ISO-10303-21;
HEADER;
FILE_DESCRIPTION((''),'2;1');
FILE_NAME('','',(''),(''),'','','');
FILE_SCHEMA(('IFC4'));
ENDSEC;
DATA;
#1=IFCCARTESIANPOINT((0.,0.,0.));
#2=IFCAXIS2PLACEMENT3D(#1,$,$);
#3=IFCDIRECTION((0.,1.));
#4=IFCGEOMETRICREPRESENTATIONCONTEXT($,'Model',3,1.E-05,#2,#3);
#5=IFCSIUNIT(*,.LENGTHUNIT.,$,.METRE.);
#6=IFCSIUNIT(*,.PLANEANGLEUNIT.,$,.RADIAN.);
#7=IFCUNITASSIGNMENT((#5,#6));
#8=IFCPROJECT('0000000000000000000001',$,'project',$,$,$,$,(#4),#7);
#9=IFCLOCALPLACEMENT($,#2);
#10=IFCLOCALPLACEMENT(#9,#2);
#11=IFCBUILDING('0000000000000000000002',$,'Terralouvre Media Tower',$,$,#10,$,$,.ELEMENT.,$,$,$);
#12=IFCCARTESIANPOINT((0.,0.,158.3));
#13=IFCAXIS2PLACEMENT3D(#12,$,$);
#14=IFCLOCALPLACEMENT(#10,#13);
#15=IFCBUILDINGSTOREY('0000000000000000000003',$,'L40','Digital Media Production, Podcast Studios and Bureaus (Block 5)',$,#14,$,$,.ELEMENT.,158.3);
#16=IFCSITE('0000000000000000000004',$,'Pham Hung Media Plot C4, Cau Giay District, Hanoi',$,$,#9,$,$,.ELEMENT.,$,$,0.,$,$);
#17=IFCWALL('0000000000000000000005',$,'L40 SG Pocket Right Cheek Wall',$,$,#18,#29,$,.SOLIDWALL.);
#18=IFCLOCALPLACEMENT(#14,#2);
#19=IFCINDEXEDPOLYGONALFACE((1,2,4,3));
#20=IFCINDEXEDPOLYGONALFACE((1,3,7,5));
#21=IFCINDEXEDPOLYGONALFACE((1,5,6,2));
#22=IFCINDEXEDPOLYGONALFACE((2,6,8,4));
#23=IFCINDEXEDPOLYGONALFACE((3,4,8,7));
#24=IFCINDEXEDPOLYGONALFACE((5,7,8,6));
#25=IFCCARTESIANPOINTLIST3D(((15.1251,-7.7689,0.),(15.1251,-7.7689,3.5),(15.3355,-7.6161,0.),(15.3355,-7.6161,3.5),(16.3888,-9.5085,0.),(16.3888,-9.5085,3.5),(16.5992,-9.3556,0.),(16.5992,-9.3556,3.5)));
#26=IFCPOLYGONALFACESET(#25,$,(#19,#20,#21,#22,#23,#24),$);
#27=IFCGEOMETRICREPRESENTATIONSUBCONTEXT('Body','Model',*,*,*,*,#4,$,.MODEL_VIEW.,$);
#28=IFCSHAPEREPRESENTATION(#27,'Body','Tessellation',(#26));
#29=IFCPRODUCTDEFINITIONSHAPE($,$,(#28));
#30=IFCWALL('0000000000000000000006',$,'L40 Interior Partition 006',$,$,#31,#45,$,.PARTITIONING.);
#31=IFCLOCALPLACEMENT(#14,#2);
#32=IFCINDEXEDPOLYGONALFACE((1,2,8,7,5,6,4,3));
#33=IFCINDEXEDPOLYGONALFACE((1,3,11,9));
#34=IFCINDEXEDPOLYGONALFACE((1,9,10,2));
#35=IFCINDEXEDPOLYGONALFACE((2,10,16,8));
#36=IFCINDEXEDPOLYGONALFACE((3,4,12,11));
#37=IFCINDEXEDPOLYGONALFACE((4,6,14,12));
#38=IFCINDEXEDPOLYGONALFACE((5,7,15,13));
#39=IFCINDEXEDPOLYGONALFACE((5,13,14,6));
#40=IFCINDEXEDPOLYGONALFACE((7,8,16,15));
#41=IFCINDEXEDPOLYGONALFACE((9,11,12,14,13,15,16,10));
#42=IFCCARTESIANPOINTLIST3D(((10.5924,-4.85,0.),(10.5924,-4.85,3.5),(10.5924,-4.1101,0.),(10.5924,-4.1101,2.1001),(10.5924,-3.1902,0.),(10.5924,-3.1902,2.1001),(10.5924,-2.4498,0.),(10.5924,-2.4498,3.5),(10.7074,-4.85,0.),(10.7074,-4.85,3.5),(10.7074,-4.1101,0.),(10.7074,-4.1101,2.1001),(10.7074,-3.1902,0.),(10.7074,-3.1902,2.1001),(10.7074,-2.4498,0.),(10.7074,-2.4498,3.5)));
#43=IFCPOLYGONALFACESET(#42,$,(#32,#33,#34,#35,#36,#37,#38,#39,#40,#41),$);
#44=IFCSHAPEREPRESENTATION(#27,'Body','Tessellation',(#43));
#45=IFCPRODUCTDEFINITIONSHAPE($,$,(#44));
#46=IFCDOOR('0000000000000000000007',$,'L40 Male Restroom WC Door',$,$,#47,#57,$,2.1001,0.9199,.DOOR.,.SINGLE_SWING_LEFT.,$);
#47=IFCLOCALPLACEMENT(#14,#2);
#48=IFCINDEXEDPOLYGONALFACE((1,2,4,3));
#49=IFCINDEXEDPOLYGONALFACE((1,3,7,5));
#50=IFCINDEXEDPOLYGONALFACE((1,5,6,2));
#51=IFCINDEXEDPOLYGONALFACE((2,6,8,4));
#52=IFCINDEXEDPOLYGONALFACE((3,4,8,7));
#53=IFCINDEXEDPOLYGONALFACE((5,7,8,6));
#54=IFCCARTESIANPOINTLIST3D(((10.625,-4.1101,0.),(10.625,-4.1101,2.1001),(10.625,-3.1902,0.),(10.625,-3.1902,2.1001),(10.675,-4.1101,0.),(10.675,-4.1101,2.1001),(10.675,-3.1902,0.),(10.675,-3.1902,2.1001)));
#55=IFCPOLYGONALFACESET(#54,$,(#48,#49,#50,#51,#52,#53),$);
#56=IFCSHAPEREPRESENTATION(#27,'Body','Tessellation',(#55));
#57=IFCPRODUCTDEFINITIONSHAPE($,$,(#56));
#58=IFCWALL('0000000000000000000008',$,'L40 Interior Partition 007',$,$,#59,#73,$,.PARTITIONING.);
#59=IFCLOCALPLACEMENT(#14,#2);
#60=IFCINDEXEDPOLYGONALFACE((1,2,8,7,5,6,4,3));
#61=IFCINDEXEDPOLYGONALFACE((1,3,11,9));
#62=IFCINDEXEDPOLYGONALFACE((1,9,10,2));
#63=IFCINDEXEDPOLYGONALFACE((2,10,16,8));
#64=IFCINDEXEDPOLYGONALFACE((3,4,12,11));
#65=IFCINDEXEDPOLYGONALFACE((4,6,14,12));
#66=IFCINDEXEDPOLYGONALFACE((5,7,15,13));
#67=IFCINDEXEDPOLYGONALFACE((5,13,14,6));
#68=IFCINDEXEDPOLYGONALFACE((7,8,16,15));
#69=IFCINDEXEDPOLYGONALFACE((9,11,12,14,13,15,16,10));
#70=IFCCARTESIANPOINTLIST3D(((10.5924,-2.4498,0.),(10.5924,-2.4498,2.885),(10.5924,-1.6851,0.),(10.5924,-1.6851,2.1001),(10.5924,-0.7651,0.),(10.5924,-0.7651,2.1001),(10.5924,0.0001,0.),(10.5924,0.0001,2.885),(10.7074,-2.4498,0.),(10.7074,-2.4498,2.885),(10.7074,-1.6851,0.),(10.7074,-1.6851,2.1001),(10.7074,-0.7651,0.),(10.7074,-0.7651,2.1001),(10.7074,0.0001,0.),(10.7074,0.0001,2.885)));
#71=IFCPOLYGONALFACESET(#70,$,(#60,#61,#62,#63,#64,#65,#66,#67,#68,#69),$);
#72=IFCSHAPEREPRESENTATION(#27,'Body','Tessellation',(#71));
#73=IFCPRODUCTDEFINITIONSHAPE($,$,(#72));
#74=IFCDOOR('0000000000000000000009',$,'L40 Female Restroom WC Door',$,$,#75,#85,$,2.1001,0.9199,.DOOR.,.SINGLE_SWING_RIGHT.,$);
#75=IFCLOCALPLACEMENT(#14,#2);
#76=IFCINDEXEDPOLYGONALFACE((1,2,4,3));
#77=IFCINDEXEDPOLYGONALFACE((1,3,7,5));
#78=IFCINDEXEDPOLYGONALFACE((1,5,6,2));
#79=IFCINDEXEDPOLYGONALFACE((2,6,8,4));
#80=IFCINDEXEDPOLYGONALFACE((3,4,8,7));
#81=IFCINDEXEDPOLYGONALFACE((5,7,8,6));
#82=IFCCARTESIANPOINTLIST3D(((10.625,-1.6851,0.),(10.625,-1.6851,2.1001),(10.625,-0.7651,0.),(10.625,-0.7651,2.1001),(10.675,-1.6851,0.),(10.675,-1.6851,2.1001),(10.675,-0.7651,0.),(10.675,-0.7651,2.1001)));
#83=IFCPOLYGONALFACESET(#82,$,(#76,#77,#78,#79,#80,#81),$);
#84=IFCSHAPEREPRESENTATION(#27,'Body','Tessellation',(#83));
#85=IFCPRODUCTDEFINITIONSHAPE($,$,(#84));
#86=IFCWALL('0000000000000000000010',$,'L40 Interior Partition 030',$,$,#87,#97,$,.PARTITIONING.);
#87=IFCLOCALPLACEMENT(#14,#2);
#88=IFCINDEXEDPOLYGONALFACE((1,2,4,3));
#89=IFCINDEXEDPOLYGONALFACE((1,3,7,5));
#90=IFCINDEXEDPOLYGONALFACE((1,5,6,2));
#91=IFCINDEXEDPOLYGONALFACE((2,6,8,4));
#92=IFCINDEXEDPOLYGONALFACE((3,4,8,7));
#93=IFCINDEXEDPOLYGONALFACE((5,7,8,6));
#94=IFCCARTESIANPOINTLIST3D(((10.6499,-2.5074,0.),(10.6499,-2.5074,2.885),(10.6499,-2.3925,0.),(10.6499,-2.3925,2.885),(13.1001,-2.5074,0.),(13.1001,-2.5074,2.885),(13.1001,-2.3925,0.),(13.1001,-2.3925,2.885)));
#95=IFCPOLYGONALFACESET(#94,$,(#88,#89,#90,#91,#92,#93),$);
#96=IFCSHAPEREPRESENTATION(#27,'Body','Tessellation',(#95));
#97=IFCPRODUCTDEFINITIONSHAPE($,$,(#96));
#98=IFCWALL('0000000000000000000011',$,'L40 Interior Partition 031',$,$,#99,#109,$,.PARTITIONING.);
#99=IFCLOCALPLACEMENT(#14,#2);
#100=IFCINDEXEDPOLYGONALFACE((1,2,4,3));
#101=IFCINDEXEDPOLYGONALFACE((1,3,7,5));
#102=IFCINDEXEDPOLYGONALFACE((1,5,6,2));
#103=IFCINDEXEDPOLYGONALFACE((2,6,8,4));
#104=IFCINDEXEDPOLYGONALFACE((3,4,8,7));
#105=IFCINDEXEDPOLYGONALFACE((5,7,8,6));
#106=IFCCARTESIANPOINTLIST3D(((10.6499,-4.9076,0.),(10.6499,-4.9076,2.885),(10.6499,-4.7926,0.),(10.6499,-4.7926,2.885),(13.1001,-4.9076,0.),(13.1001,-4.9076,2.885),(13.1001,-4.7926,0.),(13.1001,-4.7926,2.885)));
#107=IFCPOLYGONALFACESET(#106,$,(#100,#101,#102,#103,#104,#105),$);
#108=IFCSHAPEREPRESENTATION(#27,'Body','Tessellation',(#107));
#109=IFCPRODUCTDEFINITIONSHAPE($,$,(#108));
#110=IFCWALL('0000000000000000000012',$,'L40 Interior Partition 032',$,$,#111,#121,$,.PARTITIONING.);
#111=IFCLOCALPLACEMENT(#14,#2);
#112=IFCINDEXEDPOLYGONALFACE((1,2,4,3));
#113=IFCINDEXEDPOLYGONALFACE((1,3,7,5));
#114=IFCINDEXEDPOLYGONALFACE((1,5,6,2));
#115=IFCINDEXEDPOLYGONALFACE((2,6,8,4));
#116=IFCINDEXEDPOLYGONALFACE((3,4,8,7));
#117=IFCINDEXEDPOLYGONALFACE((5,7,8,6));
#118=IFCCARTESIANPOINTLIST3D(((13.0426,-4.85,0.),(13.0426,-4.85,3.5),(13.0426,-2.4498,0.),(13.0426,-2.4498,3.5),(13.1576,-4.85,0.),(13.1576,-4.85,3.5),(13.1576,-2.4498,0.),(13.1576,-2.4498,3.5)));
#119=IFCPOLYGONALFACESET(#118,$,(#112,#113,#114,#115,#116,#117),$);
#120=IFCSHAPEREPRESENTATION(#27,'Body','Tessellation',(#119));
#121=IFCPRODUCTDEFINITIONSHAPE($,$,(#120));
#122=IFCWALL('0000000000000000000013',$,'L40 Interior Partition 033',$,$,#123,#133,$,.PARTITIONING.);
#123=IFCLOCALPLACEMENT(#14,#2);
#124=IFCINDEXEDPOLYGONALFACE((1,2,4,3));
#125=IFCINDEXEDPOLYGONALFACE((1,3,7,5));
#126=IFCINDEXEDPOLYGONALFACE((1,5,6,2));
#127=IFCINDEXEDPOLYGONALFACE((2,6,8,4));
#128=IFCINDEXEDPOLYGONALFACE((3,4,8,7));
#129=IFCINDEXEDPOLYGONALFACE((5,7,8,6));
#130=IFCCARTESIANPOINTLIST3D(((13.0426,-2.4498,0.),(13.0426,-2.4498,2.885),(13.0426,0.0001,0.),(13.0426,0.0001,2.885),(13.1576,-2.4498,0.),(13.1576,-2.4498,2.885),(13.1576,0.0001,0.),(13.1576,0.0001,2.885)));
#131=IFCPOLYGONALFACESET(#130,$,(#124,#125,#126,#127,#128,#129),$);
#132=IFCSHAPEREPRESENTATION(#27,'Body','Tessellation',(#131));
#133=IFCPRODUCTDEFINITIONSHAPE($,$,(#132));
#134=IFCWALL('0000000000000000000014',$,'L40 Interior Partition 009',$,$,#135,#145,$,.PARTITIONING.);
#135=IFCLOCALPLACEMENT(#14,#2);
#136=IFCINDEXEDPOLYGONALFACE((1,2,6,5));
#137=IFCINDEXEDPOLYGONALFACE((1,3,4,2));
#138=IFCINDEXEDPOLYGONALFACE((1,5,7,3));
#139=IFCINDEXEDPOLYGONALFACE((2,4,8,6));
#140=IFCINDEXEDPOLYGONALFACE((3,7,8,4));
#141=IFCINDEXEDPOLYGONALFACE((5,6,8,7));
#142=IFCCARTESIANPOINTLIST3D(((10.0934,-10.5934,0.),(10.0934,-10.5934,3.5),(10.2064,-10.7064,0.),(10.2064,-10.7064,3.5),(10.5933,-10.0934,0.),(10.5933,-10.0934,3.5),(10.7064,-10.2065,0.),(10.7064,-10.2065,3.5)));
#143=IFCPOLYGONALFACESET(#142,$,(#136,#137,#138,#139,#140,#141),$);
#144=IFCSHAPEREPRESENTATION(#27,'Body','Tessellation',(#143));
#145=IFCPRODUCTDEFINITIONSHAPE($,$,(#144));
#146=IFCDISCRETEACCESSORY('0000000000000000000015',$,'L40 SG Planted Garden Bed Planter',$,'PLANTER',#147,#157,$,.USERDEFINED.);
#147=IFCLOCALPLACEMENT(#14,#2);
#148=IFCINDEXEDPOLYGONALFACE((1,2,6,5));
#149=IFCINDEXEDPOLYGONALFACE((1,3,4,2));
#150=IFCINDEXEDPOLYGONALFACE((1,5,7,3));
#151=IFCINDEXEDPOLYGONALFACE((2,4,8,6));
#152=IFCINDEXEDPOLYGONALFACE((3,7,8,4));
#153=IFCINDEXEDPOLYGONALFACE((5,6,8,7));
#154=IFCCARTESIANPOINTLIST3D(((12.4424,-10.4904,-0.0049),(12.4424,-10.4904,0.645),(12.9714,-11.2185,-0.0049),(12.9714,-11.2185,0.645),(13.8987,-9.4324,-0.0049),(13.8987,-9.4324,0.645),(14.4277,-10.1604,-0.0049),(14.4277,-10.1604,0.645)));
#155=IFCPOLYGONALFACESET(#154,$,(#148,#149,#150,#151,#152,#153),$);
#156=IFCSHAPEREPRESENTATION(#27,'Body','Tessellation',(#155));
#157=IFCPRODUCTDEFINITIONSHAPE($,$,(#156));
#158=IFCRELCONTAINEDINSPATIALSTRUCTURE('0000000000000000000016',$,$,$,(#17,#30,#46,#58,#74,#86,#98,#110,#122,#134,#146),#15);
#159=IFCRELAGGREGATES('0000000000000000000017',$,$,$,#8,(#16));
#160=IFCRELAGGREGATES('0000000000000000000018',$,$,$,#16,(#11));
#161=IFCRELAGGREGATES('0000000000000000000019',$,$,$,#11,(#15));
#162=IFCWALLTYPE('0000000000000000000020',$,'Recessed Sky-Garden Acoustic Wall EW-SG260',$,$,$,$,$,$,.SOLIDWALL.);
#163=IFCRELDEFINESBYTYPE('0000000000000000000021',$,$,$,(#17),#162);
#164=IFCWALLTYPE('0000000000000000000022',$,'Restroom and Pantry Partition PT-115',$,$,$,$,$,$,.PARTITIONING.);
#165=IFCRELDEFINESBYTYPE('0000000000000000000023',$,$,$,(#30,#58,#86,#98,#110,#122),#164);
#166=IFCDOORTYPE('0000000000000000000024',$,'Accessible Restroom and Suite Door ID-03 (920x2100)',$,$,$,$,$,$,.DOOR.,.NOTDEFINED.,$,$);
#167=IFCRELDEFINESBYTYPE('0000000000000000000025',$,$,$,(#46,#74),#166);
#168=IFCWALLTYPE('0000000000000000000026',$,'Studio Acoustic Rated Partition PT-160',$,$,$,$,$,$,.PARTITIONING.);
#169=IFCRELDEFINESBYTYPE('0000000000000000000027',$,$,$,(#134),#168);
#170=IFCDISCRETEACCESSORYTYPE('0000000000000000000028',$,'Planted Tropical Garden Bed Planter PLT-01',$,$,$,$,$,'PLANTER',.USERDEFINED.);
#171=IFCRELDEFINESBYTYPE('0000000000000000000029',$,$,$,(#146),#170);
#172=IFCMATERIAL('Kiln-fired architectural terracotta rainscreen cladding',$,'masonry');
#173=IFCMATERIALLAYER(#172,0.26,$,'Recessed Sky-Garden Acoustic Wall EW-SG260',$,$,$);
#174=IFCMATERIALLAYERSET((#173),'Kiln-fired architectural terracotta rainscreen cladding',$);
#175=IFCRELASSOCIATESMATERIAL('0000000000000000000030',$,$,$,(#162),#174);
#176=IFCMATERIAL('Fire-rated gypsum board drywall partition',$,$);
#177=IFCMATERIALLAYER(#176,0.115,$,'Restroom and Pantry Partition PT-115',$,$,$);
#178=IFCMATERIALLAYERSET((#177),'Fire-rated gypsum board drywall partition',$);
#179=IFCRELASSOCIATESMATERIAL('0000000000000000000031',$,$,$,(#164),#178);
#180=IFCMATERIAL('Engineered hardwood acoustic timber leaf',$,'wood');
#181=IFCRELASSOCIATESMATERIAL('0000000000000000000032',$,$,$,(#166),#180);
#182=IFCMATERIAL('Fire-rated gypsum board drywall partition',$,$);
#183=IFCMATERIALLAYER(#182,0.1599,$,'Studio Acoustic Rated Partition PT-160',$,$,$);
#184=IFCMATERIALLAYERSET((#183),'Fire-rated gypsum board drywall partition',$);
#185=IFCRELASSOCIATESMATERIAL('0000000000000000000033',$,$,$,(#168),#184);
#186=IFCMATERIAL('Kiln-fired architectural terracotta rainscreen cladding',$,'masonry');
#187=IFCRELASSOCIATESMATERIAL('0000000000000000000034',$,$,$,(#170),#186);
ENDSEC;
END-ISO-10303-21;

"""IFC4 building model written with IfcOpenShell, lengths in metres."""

from ifc_helpers import new_model, si_unit, direction, frame, frame_2d, origin, origin_2d, place, context, subcontext, project, spatial, rectangle, extrude, material, layer, layer_set, type_object, element, fill, save


model = new_model("IFC4")

# Units and contexts
model_context = context("Model", 3, precision=1e-05, world=origin(), true_north=direction((0.0, 1.0)))
body_context = subcontext(model_context, "Body", "Model", "MODEL_VIEW")
ifc_project = project(units=[si_unit("LENGTHUNIT", "METRE"), si_unit("PLANEANGLEUNIT", "RADIAN")], contexts=[model_context])

# Site, building, storey
site_placement = place(None, origin())
site = spatial("IfcSite", under=ifc_project, at=site_placement, Name="Pham Hung Media Plot C4, Cau Giay District, Hanoi", CompositionType="ELEMENT", RefElevation=0.0)
building_placement = place(site_placement, origin())
building = spatial("IfcBuilding", under=site, at=building_placement, Name="Terralouvre Media Tower", CompositionType="ELEMENT")
storey_placement = place(building_placement, frame((0.0, 0.0, 158.3)))
storey = spatial("IfcBuildingStorey", under=building, at=storey_placement, Name="L40", Description="Digital Media Production, Podcast Studios and Bureaus (Block 5)", CompositionType="ELEMENT", Elevation=158.3)

# Wall
ifc_material_1 = material(Name="Kiln-fired architectural terracotta rainscreen cladding", Category="masonry")
ifc_layer_1 = layer(ifc_material_1, 0.26, Name="Recessed Sky-Garden Acoustic Wall EW-SG260")
ifc_layer_set_1 = layer_set([ifc_layer_1], Name="Kiln-fired architectural terracotta rainscreen cladding")
wall_type_1 = type_object("IfcWallType", Name="Recessed Sky-Garden Acoustic Wall EW-SG260", PredefinedType="SOLIDWALL", material=ifc_layer_set_1)
wall_1_placement = place(storey_placement, frame((15.2302, -7.6924, 0.0), z_axis=(0.0, 0.0, 1.0), x_axis=(0.58774, -0.80905, 0.0)))
element("IfcWall", 1, at=wall_1_placement, inside=storey, type_object=wall_type_1, Name="L40 SG Pocket Right Cheek Wall", PredefinedType="SOLIDWALL", context=body_context, shape_type="SweptSolid", body=[
    extrude(rectangle(XDim=2.1501, YDim=0.26, at=frame_2d((1.0752, 0.0))), origin(), (0.0, 0.0, 1.0), 3.5),
])

# Walls, openings, doors
ifc_material_2 = material(Name="Fire-rated gypsum board drywall partition")
ifc_layer_2 = layer(ifc_material_2, 0.115, Name="Restroom and Pantry Partition PT-115")
ifc_layer_set_2 = layer_set([ifc_layer_2], Name="Fire-rated gypsum board drywall partition")
wall_type_2 = type_object("IfcWallType", Name="Restroom and Pantry Partition PT-115", PredefinedType="PARTITIONING", material=ifc_layer_set_2)
wall_2_placement = place(storey_placement, frame((10.6499, -4.8501, 0.0), z_axis=(0.0, 0.0, 1.0), x_axis=(0.0, 1.0, 0.0)))
wall_2 = element("IfcWall", 2, at=wall_2_placement, inside=storey, type_object=wall_type_2, Name="L40 Interior Partition 006", PredefinedType="PARTITIONING", context=body_context, shape_type="SweptSolid", body=[
    extrude(rectangle(XDim=2.4001, YDim=0.115, at=frame_2d((1.2002, 0.0))), origin(), (0.0, 0.0, 1.0), 3.5),
])
opening_1_placement = place(wall_2_placement, frame((0.74, 0.0, 0.0)))
opening_1 = element("IfcOpeningElement", 3, at=opening_1_placement, cuts=wall_2, PredefinedType="OPENING", context=body_context, shape_type="SweptSolid", body=[
    extrude(rectangle(XDim=0.9199, YDim=2.1001, at=frame_2d((0.46, 1.05))), frame((0.0, 0.0674, 0.0), z_axis=(0.0, -1.0, 0.0), x_axis=(1.0, 0.0, 0.0)), (0.0, 0.0, 1.0), 0.135),
])
ifc_material_3 = material(Name="Engineered hardwood acoustic timber leaf", Category="wood")
door_type_1 = type_object("IfcDoorType", Name="Accessible Restroom and Suite Door ID-03 (920x2100)", OperationType="NOTDEFINED", PredefinedType="DOOR", material=ifc_material_3)
door_1_placement = place(opening_1_placement, origin())
door_1 = element("IfcDoor", 4, at=door_1_placement, inside=storey, type_object=door_type_1, Name="L40 Male Restroom WC Door", OperationType="SINGLE_SWING_LEFT", OverallHeight=2.1001, OverallWidth=0.9199, PredefinedType="DOOR", context=body_context, shape_type="SweptSolid", body=[
    extrude(rectangle(XDim=0.9199, YDim=2.1001, at=frame_2d((0.46, 1.05))), frame((0.0, 0.0249, 0.0), z_axis=(0.0, -1.0, 0.0), x_axis=(1.0, 0.0, 0.0)), (0.0, 0.0, 1.0), 0.05),
])
fill(opening_1, door_1)
wall_3_placement = place(storey_placement, frame((10.6499, -2.45, 0.0), z_axis=(0.0, 0.0, 1.0), x_axis=(0.0, 1.0, 0.0)))
wall_3 = element("IfcWall", 5, at=wall_3_placement, inside=storey, type_object=wall_type_2, Name="L40 Interior Partition 007", PredefinedType="PARTITIONING", context=body_context, shape_type="SweptSolid", body=[
    extrude(rectangle(XDim=2.45, YDim=0.115, at=frame_2d((1.2251, 0.0))), origin(), (0.0, 0.0, 1.0), 2.885),
])
opening_2_placement = place(wall_3_placement, frame((0.7649, 0.0, 0.0)))
opening_2 = element("IfcOpeningElement", 6, at=opening_2_placement, cuts=wall_3, PredefinedType="OPENING", context=body_context, shape_type="SweptSolid", body=[
    extrude(rectangle(XDim=0.9199, YDim=2.1001, at=frame_2d((0.46, 1.05))), frame((0.0, 0.0674, 0.0), z_axis=(0.0, -1.0, 0.0), x_axis=(1.0, 0.0, 0.0)), (0.0, 0.0, 1.0), 0.135),
])
door_2_placement = place(opening_2_placement, origin())
door_2 = element("IfcDoor", 7, at=door_2_placement, inside=storey, type_object=door_type_1, Name="L40 Female Restroom WC Door", OperationType="SINGLE_SWING_RIGHT", OverallHeight=2.1001, OverallWidth=0.9199, PredefinedType="DOOR", context=body_context, shape_type="SweptSolid", body=[
    extrude(rectangle(XDim=0.9199, YDim=2.1001, at=frame_2d((0.46, 1.05))), frame((0.0, 0.0249, 0.0), z_axis=(0.0, -1.0, 0.0), x_axis=(1.0, 0.0, 0.0)), (0.0, 0.0, 1.0), 0.05),
])
fill(opening_2, door_2)

# Walls
for number, where, z_axis, x_axis, name in (
    (8, (13.1001, -2.45, 0.0), (0.0, 0.0, 1.0), (-1.0, 0.0, 0.0), "L40 Interior Partition 030"),
    (9, (10.6499, -4.8501, 0.0), (0.0, 0.0, 1.0), (1.0, 0.0, 0.0), "L40 Interior Partition 031"),
):
    element("IfcWall", number, at=place(storey_placement, frame(where, z_axis=z_axis, x_axis=x_axis)), inside=storey, type_object=wall_type_2, Name=name, PredefinedType="PARTITIONING", context=body_context, shape_type="SweptSolid", body=[
        extrude(rectangle(XDim=2.4502, YDim=0.115, at=frame_2d((1.2251, 0.0))), origin(), (0.0, 0.0, 1.0), 2.885),
    ])
wall_4_placement = place(storey_placement, frame((13.1001, -4.8501, 0.0), z_axis=(0.0, 0.0, 1.0), x_axis=(0.0, 1.0, 0.0)))
element("IfcWall", 10, at=wall_4_placement, inside=storey, type_object=wall_type_2, Name="L40 Interior Partition 032", PredefinedType="PARTITIONING", context=body_context, shape_type="SweptSolid", body=[
    extrude(rectangle(XDim=2.4001, YDim=0.115, at=frame_2d((1.2002, 0.0))), origin(), (0.0, 0.0, 1.0), 3.5),
])
wall_5_placement = place(storey_placement, frame((13.1001, -2.45, 0.0), z_axis=(0.0, 0.0, 1.0), x_axis=(0.0, 1.0, 0.0)))
element("IfcWall", 11, at=wall_5_placement, inside=storey, type_object=wall_type_2, Name="L40 Interior Partition 033", PredefinedType="PARTITIONING", context=body_context, shape_type="SweptSolid", body=[
    extrude(rectangle(XDim=2.45, YDim=0.115, at=frame_2d((1.2251, 0.0))), origin(), (0.0, 0.0, 1.0), 2.885),
])
ifc_material_4 = material(Name="Fire-rated gypsum board drywall partition")
ifc_layer_3 = layer(ifc_material_4, 0.1599, Name="Studio Acoustic Rated Partition PT-160")
ifc_layer_set_3 = layer_set([ifc_layer_3], Name="Fire-rated gypsum board drywall partition")
wall_type_3 = type_object("IfcWallType", Name="Studio Acoustic Rated Partition PT-160", PredefinedType="PARTITIONING", material=ifc_layer_set_3)
wall_6_placement = place(storey_placement, frame((10.1499, -10.6499, 0.0), z_axis=(0.0, 0.0, 1.0), x_axis=(0.707107, 0.707107, 0.0)))
element("IfcWall", 12, at=wall_6_placement, inside=storey, type_object=wall_type_3, Name="L40 Interior Partition 009", PredefinedType="PARTITIONING", context=body_context, shape_type="SweptSolid", body=[
    extrude(rectangle(XDim=0.707, YDim=0.1599, at=frame_2d((0.3535, 0.0))), origin(), (0.0, 0.0, 1.0), 3.5),
])

# Discrete accessory
ifc_material_5 = material(Name="Kiln-fired architectural terracotta rainscreen cladding", Category="masonry")
discrete_accessory_type = type_object("IfcDiscreteAccessoryType", Name="Planted Tropical Garden Bed Planter PLT-01", ElementType="PLANTER", PredefinedType="USERDEFINED", material=ifc_material_5)
discrete_accessory_placement = place(storey_placement, frame((13.4351, -10.3254, -0.0049), z_axis=(0.0, 0.0, 1.0), x_axis=(0.809017, 0.587785, 0.0)))
element("IfcDiscreteAccessory", 13, at=discrete_accessory_placement, inside=storey, type_object=discrete_accessory_type, Name="L40 SG Planted Garden Bed Planter", ObjectType="PLANTER", PredefinedType="USERDEFINED", context=body_context, shape_type="SweptSolid", body=[
    extrude(rectangle(XDim=1.8, YDim=0.8999, at=origin_2d()), origin(), (0.0, 0.0, 1.0), 0.6499),
])

save(model, "model.ifc")
